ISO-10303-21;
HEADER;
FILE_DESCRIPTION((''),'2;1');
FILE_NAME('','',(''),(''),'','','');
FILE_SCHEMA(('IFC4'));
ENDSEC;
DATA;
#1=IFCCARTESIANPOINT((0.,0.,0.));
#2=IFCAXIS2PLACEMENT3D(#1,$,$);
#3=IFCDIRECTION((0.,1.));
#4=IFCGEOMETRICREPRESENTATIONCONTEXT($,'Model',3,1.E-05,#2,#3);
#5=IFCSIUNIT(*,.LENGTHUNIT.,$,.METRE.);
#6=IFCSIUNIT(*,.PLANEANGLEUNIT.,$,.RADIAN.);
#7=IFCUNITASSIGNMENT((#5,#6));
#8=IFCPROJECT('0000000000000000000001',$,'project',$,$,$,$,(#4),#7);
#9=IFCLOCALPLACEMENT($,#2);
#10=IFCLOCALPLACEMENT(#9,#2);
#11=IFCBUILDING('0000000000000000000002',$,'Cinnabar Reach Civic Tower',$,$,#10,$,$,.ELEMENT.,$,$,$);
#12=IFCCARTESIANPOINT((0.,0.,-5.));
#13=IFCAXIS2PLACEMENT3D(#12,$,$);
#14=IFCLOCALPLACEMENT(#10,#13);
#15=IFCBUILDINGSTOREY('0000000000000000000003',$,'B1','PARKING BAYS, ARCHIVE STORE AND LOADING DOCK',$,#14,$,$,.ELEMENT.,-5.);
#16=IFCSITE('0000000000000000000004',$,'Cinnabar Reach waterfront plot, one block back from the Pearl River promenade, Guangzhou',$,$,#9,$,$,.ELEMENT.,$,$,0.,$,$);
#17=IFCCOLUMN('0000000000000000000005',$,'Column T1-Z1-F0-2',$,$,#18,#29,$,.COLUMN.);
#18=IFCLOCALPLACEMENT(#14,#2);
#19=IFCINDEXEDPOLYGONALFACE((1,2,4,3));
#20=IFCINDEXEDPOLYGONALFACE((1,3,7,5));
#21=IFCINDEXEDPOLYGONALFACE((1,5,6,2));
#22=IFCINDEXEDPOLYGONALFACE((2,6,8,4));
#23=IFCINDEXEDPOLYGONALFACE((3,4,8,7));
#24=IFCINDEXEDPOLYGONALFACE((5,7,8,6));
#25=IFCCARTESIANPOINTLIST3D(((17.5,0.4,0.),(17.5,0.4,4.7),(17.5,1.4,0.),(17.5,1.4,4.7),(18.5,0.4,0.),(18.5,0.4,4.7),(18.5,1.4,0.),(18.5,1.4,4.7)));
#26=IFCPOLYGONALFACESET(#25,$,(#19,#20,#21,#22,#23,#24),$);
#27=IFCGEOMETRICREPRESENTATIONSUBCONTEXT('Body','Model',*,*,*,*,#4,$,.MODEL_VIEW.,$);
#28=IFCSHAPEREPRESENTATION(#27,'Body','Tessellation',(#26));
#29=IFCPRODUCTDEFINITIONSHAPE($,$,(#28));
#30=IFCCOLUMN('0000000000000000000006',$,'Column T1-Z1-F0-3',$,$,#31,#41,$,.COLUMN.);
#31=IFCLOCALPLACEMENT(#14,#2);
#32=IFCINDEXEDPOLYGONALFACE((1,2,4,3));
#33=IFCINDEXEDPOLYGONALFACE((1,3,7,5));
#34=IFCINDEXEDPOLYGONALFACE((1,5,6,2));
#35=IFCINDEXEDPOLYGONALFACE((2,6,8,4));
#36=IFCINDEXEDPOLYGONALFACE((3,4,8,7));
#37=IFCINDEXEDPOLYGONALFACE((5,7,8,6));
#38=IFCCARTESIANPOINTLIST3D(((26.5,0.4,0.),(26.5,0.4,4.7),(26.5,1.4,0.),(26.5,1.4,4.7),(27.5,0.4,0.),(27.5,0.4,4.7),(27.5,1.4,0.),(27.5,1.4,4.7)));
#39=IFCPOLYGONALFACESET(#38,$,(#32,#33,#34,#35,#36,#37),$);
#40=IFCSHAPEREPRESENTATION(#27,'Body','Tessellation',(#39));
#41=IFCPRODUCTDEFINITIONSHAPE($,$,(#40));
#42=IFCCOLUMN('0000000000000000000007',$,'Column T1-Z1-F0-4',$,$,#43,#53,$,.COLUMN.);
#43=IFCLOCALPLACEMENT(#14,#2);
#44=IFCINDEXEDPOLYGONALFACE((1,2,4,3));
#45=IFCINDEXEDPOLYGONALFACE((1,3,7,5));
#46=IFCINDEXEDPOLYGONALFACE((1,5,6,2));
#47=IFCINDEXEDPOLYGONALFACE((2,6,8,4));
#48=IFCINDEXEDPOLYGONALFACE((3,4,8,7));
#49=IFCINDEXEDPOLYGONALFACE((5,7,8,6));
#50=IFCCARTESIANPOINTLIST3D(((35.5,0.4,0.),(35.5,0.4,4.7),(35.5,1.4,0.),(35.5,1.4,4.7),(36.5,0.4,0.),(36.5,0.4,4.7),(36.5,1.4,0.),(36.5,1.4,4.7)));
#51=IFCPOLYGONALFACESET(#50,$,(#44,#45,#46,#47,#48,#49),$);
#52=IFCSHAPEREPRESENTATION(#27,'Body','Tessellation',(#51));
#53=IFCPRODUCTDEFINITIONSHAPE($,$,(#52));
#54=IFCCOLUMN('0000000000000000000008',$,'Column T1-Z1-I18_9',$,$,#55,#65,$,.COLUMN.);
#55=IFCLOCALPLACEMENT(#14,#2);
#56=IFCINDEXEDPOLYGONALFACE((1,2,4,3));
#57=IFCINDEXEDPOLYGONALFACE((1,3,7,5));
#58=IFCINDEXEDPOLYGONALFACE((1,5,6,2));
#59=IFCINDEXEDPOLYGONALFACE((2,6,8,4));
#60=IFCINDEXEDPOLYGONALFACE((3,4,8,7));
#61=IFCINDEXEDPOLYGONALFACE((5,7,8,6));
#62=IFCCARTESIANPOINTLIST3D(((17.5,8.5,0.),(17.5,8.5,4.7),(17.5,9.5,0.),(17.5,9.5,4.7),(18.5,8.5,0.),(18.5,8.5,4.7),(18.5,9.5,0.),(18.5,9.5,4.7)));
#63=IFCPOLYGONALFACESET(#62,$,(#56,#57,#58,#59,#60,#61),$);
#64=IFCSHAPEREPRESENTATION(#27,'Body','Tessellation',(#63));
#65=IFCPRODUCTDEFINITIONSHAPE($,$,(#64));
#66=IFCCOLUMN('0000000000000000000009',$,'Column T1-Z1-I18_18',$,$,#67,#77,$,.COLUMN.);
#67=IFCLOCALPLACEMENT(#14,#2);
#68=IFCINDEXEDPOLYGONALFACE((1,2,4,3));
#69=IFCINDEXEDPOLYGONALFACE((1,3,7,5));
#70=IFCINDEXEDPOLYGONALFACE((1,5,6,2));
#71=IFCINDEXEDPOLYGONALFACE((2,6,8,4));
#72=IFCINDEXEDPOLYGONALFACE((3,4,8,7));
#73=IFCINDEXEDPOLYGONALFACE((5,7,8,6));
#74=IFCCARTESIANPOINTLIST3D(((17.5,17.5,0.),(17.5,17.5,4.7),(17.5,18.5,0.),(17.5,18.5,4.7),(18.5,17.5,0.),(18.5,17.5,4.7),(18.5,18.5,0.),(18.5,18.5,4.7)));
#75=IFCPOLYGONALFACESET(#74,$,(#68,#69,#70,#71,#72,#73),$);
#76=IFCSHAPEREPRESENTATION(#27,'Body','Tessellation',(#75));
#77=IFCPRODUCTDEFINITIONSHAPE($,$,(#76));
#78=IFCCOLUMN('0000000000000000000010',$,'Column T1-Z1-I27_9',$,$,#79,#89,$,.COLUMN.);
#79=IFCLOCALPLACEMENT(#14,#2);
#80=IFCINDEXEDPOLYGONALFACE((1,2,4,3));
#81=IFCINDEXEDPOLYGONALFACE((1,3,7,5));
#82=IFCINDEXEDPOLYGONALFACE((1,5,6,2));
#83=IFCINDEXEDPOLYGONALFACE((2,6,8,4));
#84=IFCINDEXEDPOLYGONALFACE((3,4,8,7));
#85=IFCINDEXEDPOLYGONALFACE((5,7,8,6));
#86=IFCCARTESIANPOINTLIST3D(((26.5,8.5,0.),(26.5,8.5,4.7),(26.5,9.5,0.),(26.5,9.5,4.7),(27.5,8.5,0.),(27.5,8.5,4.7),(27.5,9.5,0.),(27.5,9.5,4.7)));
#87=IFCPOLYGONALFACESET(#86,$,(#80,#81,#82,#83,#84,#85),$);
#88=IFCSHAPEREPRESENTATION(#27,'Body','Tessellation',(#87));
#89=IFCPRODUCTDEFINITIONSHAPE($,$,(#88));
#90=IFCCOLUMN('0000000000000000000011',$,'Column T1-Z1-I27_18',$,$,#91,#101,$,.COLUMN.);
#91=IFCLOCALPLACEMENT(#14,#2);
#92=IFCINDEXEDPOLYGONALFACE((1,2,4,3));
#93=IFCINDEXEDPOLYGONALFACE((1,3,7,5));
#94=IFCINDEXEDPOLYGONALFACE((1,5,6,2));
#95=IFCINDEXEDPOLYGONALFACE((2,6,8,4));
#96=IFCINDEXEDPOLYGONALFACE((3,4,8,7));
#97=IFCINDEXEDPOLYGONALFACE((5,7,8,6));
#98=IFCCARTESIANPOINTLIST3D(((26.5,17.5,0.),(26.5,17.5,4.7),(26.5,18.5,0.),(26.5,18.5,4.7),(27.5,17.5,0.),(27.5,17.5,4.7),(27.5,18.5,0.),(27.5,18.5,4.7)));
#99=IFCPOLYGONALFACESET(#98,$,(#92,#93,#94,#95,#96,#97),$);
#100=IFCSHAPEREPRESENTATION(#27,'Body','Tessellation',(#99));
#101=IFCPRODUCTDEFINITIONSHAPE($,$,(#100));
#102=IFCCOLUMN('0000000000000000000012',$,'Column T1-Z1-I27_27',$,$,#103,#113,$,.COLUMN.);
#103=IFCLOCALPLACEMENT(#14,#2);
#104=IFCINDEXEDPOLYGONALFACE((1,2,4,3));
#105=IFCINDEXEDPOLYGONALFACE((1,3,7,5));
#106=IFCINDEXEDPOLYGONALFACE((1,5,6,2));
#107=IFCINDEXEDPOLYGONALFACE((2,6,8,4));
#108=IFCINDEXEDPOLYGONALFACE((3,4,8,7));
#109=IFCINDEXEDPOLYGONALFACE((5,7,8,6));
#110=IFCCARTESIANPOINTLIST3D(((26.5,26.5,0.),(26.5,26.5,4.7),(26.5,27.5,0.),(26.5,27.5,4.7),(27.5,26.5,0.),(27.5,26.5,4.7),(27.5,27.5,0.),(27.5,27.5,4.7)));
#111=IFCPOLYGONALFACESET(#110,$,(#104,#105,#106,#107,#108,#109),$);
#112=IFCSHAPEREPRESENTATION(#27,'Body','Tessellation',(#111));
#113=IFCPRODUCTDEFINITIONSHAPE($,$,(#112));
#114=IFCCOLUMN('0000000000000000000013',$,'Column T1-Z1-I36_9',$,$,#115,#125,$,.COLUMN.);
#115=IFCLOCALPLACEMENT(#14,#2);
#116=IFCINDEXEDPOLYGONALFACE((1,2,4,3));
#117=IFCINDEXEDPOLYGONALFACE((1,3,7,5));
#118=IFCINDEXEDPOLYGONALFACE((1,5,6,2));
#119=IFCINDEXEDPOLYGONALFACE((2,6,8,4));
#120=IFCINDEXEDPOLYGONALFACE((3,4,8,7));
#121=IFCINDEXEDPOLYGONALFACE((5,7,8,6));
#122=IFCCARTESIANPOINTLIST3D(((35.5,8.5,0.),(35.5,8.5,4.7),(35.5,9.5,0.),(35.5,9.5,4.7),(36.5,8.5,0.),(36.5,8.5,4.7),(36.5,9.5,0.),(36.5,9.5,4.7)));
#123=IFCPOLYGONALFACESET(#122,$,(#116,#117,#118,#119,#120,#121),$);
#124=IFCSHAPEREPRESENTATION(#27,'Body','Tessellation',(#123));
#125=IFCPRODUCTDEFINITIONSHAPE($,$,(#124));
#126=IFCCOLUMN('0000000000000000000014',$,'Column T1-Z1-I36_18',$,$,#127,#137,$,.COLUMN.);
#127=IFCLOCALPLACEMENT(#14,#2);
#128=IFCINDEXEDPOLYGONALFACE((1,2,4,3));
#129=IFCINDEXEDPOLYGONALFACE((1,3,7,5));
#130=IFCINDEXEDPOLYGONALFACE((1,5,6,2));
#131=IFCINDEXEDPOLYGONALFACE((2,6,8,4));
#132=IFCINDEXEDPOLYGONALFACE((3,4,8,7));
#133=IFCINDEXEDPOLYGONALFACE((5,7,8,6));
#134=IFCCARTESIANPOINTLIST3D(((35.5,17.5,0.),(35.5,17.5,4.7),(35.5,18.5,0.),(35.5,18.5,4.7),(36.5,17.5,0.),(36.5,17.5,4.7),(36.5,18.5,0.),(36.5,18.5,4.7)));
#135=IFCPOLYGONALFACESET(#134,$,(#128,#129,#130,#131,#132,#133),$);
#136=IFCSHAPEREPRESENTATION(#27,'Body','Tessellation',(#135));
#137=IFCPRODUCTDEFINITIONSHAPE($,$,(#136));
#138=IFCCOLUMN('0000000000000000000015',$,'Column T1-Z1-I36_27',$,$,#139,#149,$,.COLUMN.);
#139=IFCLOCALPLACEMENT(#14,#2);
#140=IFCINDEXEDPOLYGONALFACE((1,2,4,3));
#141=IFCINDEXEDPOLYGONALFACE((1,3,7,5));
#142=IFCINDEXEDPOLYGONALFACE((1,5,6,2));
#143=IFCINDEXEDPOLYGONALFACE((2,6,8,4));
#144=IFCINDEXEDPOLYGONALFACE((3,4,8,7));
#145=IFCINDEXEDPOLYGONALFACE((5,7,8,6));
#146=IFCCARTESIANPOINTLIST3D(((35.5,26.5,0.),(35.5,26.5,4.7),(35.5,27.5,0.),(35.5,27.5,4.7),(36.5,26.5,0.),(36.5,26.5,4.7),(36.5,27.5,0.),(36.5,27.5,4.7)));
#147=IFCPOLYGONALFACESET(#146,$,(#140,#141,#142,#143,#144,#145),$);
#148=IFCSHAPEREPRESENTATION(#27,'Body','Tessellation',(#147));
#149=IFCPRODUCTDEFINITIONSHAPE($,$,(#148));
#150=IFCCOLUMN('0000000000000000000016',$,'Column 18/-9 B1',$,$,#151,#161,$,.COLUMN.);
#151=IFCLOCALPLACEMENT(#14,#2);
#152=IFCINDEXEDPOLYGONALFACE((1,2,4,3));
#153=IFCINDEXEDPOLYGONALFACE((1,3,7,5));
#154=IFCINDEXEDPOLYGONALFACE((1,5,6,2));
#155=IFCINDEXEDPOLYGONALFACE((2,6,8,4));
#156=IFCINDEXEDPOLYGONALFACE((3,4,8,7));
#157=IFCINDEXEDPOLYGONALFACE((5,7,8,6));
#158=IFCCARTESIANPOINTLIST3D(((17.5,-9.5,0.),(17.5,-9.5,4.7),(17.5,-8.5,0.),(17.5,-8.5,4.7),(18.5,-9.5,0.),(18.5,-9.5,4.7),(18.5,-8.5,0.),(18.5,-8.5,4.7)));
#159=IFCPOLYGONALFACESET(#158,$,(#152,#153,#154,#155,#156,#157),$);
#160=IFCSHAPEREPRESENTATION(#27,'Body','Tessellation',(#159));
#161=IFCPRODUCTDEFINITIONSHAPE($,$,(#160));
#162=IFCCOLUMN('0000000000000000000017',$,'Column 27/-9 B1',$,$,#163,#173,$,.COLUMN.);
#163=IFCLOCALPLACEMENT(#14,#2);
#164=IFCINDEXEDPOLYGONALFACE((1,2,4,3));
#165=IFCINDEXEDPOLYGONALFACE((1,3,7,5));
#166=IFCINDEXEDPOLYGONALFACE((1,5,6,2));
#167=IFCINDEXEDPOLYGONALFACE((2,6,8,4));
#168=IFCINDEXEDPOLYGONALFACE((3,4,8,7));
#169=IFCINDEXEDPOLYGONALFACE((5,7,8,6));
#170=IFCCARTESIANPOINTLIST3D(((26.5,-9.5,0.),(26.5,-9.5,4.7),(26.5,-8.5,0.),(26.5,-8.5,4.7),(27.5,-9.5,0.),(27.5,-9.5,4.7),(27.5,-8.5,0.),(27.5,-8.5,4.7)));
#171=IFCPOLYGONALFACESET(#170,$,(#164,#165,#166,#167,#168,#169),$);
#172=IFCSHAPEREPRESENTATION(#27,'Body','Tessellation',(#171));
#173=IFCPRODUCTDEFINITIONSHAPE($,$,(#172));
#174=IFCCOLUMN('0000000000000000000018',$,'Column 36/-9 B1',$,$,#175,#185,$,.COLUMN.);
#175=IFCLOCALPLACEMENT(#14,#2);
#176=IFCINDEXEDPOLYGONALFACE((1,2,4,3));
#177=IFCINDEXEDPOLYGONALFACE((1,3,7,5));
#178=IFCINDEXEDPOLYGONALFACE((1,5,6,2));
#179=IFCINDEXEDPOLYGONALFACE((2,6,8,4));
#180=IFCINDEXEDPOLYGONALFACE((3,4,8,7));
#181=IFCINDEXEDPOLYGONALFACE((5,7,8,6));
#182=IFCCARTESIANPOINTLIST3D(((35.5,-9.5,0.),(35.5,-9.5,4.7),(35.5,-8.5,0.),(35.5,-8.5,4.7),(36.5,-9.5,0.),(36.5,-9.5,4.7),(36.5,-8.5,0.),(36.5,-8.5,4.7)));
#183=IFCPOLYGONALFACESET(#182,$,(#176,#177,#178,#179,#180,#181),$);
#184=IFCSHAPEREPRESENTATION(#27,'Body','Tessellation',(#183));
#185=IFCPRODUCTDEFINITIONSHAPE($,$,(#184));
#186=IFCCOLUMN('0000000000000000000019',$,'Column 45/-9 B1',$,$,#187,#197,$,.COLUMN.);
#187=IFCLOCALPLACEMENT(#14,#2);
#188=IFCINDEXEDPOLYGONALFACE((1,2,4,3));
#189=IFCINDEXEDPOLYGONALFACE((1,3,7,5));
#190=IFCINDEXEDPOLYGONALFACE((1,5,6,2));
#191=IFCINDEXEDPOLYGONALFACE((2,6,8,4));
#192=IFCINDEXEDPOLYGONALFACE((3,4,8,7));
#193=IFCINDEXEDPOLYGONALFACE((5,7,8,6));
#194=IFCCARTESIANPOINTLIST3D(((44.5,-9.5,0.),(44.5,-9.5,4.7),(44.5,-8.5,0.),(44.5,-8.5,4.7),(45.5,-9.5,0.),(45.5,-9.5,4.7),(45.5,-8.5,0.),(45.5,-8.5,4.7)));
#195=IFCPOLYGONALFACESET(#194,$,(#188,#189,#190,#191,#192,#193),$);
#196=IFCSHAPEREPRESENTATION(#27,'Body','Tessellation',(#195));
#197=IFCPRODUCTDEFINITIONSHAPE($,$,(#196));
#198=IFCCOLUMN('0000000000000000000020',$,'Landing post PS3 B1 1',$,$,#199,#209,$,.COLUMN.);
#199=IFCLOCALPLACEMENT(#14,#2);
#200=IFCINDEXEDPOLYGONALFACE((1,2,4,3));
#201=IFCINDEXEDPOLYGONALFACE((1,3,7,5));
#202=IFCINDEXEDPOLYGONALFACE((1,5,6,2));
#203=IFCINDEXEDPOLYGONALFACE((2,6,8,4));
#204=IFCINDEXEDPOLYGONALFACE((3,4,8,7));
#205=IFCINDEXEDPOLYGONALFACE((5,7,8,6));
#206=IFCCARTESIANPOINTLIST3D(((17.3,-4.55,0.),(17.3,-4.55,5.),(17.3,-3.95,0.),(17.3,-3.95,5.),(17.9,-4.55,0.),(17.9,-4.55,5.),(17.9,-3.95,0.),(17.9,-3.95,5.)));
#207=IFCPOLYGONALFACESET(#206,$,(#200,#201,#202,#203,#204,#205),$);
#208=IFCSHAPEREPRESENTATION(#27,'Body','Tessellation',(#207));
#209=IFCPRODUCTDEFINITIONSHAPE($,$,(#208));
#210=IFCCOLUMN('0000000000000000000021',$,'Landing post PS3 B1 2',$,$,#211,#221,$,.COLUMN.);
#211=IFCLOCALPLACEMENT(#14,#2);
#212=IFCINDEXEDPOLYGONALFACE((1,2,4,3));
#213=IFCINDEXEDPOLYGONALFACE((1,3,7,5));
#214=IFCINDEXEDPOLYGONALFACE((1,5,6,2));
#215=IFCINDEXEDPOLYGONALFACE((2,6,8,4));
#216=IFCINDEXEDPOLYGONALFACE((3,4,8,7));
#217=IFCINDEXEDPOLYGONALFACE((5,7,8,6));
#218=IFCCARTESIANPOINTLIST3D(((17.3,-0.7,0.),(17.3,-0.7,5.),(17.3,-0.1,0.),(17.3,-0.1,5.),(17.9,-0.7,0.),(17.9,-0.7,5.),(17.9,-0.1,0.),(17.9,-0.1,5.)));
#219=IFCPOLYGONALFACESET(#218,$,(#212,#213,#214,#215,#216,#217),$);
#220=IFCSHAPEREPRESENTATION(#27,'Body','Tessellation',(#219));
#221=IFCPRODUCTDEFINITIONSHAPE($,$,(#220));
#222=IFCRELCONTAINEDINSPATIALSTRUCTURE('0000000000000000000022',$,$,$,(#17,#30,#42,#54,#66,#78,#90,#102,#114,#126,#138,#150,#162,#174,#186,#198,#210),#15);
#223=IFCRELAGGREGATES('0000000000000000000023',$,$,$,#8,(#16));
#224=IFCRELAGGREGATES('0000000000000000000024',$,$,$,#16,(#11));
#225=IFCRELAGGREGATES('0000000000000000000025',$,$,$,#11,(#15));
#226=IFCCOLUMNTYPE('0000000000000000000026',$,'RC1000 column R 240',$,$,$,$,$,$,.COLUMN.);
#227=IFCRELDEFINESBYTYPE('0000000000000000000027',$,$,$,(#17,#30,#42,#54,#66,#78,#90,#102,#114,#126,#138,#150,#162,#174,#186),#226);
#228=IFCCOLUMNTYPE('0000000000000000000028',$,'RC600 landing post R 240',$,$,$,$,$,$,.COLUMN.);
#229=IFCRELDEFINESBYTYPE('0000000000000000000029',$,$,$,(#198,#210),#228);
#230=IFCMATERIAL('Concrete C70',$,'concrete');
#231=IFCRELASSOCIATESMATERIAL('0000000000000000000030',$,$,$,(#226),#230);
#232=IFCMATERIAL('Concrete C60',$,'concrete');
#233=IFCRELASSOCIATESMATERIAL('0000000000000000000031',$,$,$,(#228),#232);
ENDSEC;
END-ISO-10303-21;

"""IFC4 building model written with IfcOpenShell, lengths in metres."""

from ifc_helpers import new_model, si_unit, direction, frame, origin, origin_2d, place, context, subcontext, project, spatial, rectangle, extrude, material, material_profile, profile_set, type_object, element, save


model = new_model("IFC4")

# Units and contexts
model_context = context("Model", 3, precision=1e-05, world=origin(), true_north=direction((0.0, 1.0)))
body_context = subcontext(model_context, "Body", "Model", "MODEL_VIEW")
ifc_project = project(units=[si_unit("LENGTHUNIT", "METRE"), si_unit("PLANEANGLEUNIT", "RADIAN")], contexts=[model_context])

# Site, building, storey
site_placement = place(None, origin())
site = spatial("IfcSite", under=ifc_project, at=site_placement, Name="Cinnabar Reach waterfront plot, one block back from the Pearl River promenade, Guangzhou", CompositionType="ELEMENT", RefElevation=0.0)
building_placement = place(site_placement, origin())
building = spatial("IfcBuilding", under=site, at=building_placement, Name="Cinnabar Reach Civic Tower", CompositionType="ELEMENT")
storey_placement = place(building_placement, frame((0.0, 0.0, -5.0)))
storey = spatial("IfcBuildingStorey", under=building, at=storey_placement, Name="B1", Description="PARKING BAYS, ARCHIVE STORE AND LOADING DOCK", CompositionType="ELEMENT", Elevation=-5.0)

# Columns
ifc_material_1 = material(Name="Concrete C70", Category="concrete")
ifc_material_profile_1 = material_profile(ifc_material_1, rectangle(XDim=1.0, YDim=1.0, at=origin_2d()), Name="RC1000")
ifc_profile_set_1 = profile_set([ifc_material_profile_1], Name="Concrete C70")
column_type_1 = type_object("IfcColumnType", Name="RC1000 column R 240", PredefinedType="COLUMN", material=ifc_profile_set_1)
for number, where, z_axis, x_axis, name in (
    (1, (18.0, 0.9, 0.0), (0.0, 0.0, 1.0), (1.0, 0.0, 0.0), "Column T1-Z1-F0-2"),
    (2, (27.0, 0.9, 0.0), (0.0, 0.0, 1.0), (1.0, 0.0, 0.0), "Column T1-Z1-F0-3"),
    (3, (36.0, 0.9, 0.0), (0.0, 0.0, 1.0), (1.0, 0.0, 0.0), "Column T1-Z1-F0-4"),
    (4, (18.0, 9.0, 0.0), (0.0, 0.0, 1.0), (1.0, 0.0, 0.0), "Column T1-Z1-I18_9"),
    (5, (18.0, 18.0, 0.0), (0.0, 0.0, 1.0), (1.0, 0.0, 0.0), "Column T1-Z1-I18_18"),
    (6, (27.0, 9.0, 0.0), (0.0, 0.0, 1.0), (1.0, 0.0, 0.0), "Column T1-Z1-I27_9"),
    (7, (27.0, 18.0, 0.0), (0.0, 0.0, 1.0), (1.0, 0.0, 0.0), "Column T1-Z1-I27_18"),
    (8, (27.0, 27.0, 0.0), (0.0, 0.0, 1.0), (1.0, 0.0, 0.0), "Column T1-Z1-I27_27"),
    (9, (36.0, 9.0, 0.0), (0.0, 0.0, 1.0), (1.0, 0.0, 0.0), "Column T1-Z1-I36_9"),
    (10, (36.0, 18.0, 0.0), (0.0, 0.0, 1.0), (1.0, 0.0, 0.0), "Column T1-Z1-I36_18"),
    (11, (36.0, 27.0, 0.0), (0.0, 0.0, 1.0), (1.0, 0.0, 0.0), "Column T1-Z1-I36_27"),
    (12, (18.0, -9.0, 0.0), (0.0, 0.0, 1.0), (1.0, 0.0, 0.0), "Column 18/-9 B1"),
    (13, (27.0, -9.0, 0.0), (0.0, 0.0, 1.0), (1.0, 0.0, 0.0), "Column 27/-9 B1"),
    (14, (36.0, -9.0, 0.0), (0.0, 0.0, 1.0), (1.0, 0.0, 0.0), "Column 36/-9 B1"),
    (15, (45.0, -9.0, 0.0), (0.0, 0.0, 1.0), (1.0, 0.0, 0.0), "Column 45/-9 B1"),
):
    element("IfcColumn", number, at=place(storey_placement, frame(where, z_axis=z_axis, x_axis=x_axis)), inside=storey, type_object=column_type_1, Name=name, PredefinedType="COLUMN", context=body_context, shape_type="SweptSolid", body=[
        extrude(rectangle(XDim=1.0, YDim=1.0, at=origin_2d()), origin(), (0.0, 0.0, 1.0), 4.7),
    ])
ifc_material_2 = material(Name="Concrete C60", Category="concrete")
ifc_material_profile_2 = material_profile(ifc_material_2, rectangle(XDim=0.6, YDim=0.6, at=origin_2d()), Name="RC600")
ifc_profile_set_2 = profile_set([ifc_material_profile_2], Name="Concrete C60")
column_type_2 = type_object("IfcColumnType", Name="RC600 landing post R 240", PredefinedType="COLUMN", material=ifc_profile_set_2)
for number, where, z_axis, x_axis, name in (
    (16, (17.6, -4.25, 0.0), (0.0, 0.0, 1.0), (1.0, 0.0, 0.0), "Landing post PS3 B1 1"),
    (17, (17.6, -0.4, 0.0), (0.0, 0.0, 1.0), (1.0, 0.0, 0.0), "Landing post PS3 B1 2"),
):
    element("IfcColumn", number, at=place(storey_placement, frame(where, z_axis=z_axis, x_axis=x_axis)), inside=storey, type_object=column_type_2, Name=name, PredefinedType="COLUMN", context=body_context, shape_type="SweptSolid", body=[
        extrude(rectangle(XDim=0.6, YDim=0.6, at=origin_2d()), origin(), (0.0, 0.0, 1.0), 5.0),
    ])

save(model, "model.ifc")
